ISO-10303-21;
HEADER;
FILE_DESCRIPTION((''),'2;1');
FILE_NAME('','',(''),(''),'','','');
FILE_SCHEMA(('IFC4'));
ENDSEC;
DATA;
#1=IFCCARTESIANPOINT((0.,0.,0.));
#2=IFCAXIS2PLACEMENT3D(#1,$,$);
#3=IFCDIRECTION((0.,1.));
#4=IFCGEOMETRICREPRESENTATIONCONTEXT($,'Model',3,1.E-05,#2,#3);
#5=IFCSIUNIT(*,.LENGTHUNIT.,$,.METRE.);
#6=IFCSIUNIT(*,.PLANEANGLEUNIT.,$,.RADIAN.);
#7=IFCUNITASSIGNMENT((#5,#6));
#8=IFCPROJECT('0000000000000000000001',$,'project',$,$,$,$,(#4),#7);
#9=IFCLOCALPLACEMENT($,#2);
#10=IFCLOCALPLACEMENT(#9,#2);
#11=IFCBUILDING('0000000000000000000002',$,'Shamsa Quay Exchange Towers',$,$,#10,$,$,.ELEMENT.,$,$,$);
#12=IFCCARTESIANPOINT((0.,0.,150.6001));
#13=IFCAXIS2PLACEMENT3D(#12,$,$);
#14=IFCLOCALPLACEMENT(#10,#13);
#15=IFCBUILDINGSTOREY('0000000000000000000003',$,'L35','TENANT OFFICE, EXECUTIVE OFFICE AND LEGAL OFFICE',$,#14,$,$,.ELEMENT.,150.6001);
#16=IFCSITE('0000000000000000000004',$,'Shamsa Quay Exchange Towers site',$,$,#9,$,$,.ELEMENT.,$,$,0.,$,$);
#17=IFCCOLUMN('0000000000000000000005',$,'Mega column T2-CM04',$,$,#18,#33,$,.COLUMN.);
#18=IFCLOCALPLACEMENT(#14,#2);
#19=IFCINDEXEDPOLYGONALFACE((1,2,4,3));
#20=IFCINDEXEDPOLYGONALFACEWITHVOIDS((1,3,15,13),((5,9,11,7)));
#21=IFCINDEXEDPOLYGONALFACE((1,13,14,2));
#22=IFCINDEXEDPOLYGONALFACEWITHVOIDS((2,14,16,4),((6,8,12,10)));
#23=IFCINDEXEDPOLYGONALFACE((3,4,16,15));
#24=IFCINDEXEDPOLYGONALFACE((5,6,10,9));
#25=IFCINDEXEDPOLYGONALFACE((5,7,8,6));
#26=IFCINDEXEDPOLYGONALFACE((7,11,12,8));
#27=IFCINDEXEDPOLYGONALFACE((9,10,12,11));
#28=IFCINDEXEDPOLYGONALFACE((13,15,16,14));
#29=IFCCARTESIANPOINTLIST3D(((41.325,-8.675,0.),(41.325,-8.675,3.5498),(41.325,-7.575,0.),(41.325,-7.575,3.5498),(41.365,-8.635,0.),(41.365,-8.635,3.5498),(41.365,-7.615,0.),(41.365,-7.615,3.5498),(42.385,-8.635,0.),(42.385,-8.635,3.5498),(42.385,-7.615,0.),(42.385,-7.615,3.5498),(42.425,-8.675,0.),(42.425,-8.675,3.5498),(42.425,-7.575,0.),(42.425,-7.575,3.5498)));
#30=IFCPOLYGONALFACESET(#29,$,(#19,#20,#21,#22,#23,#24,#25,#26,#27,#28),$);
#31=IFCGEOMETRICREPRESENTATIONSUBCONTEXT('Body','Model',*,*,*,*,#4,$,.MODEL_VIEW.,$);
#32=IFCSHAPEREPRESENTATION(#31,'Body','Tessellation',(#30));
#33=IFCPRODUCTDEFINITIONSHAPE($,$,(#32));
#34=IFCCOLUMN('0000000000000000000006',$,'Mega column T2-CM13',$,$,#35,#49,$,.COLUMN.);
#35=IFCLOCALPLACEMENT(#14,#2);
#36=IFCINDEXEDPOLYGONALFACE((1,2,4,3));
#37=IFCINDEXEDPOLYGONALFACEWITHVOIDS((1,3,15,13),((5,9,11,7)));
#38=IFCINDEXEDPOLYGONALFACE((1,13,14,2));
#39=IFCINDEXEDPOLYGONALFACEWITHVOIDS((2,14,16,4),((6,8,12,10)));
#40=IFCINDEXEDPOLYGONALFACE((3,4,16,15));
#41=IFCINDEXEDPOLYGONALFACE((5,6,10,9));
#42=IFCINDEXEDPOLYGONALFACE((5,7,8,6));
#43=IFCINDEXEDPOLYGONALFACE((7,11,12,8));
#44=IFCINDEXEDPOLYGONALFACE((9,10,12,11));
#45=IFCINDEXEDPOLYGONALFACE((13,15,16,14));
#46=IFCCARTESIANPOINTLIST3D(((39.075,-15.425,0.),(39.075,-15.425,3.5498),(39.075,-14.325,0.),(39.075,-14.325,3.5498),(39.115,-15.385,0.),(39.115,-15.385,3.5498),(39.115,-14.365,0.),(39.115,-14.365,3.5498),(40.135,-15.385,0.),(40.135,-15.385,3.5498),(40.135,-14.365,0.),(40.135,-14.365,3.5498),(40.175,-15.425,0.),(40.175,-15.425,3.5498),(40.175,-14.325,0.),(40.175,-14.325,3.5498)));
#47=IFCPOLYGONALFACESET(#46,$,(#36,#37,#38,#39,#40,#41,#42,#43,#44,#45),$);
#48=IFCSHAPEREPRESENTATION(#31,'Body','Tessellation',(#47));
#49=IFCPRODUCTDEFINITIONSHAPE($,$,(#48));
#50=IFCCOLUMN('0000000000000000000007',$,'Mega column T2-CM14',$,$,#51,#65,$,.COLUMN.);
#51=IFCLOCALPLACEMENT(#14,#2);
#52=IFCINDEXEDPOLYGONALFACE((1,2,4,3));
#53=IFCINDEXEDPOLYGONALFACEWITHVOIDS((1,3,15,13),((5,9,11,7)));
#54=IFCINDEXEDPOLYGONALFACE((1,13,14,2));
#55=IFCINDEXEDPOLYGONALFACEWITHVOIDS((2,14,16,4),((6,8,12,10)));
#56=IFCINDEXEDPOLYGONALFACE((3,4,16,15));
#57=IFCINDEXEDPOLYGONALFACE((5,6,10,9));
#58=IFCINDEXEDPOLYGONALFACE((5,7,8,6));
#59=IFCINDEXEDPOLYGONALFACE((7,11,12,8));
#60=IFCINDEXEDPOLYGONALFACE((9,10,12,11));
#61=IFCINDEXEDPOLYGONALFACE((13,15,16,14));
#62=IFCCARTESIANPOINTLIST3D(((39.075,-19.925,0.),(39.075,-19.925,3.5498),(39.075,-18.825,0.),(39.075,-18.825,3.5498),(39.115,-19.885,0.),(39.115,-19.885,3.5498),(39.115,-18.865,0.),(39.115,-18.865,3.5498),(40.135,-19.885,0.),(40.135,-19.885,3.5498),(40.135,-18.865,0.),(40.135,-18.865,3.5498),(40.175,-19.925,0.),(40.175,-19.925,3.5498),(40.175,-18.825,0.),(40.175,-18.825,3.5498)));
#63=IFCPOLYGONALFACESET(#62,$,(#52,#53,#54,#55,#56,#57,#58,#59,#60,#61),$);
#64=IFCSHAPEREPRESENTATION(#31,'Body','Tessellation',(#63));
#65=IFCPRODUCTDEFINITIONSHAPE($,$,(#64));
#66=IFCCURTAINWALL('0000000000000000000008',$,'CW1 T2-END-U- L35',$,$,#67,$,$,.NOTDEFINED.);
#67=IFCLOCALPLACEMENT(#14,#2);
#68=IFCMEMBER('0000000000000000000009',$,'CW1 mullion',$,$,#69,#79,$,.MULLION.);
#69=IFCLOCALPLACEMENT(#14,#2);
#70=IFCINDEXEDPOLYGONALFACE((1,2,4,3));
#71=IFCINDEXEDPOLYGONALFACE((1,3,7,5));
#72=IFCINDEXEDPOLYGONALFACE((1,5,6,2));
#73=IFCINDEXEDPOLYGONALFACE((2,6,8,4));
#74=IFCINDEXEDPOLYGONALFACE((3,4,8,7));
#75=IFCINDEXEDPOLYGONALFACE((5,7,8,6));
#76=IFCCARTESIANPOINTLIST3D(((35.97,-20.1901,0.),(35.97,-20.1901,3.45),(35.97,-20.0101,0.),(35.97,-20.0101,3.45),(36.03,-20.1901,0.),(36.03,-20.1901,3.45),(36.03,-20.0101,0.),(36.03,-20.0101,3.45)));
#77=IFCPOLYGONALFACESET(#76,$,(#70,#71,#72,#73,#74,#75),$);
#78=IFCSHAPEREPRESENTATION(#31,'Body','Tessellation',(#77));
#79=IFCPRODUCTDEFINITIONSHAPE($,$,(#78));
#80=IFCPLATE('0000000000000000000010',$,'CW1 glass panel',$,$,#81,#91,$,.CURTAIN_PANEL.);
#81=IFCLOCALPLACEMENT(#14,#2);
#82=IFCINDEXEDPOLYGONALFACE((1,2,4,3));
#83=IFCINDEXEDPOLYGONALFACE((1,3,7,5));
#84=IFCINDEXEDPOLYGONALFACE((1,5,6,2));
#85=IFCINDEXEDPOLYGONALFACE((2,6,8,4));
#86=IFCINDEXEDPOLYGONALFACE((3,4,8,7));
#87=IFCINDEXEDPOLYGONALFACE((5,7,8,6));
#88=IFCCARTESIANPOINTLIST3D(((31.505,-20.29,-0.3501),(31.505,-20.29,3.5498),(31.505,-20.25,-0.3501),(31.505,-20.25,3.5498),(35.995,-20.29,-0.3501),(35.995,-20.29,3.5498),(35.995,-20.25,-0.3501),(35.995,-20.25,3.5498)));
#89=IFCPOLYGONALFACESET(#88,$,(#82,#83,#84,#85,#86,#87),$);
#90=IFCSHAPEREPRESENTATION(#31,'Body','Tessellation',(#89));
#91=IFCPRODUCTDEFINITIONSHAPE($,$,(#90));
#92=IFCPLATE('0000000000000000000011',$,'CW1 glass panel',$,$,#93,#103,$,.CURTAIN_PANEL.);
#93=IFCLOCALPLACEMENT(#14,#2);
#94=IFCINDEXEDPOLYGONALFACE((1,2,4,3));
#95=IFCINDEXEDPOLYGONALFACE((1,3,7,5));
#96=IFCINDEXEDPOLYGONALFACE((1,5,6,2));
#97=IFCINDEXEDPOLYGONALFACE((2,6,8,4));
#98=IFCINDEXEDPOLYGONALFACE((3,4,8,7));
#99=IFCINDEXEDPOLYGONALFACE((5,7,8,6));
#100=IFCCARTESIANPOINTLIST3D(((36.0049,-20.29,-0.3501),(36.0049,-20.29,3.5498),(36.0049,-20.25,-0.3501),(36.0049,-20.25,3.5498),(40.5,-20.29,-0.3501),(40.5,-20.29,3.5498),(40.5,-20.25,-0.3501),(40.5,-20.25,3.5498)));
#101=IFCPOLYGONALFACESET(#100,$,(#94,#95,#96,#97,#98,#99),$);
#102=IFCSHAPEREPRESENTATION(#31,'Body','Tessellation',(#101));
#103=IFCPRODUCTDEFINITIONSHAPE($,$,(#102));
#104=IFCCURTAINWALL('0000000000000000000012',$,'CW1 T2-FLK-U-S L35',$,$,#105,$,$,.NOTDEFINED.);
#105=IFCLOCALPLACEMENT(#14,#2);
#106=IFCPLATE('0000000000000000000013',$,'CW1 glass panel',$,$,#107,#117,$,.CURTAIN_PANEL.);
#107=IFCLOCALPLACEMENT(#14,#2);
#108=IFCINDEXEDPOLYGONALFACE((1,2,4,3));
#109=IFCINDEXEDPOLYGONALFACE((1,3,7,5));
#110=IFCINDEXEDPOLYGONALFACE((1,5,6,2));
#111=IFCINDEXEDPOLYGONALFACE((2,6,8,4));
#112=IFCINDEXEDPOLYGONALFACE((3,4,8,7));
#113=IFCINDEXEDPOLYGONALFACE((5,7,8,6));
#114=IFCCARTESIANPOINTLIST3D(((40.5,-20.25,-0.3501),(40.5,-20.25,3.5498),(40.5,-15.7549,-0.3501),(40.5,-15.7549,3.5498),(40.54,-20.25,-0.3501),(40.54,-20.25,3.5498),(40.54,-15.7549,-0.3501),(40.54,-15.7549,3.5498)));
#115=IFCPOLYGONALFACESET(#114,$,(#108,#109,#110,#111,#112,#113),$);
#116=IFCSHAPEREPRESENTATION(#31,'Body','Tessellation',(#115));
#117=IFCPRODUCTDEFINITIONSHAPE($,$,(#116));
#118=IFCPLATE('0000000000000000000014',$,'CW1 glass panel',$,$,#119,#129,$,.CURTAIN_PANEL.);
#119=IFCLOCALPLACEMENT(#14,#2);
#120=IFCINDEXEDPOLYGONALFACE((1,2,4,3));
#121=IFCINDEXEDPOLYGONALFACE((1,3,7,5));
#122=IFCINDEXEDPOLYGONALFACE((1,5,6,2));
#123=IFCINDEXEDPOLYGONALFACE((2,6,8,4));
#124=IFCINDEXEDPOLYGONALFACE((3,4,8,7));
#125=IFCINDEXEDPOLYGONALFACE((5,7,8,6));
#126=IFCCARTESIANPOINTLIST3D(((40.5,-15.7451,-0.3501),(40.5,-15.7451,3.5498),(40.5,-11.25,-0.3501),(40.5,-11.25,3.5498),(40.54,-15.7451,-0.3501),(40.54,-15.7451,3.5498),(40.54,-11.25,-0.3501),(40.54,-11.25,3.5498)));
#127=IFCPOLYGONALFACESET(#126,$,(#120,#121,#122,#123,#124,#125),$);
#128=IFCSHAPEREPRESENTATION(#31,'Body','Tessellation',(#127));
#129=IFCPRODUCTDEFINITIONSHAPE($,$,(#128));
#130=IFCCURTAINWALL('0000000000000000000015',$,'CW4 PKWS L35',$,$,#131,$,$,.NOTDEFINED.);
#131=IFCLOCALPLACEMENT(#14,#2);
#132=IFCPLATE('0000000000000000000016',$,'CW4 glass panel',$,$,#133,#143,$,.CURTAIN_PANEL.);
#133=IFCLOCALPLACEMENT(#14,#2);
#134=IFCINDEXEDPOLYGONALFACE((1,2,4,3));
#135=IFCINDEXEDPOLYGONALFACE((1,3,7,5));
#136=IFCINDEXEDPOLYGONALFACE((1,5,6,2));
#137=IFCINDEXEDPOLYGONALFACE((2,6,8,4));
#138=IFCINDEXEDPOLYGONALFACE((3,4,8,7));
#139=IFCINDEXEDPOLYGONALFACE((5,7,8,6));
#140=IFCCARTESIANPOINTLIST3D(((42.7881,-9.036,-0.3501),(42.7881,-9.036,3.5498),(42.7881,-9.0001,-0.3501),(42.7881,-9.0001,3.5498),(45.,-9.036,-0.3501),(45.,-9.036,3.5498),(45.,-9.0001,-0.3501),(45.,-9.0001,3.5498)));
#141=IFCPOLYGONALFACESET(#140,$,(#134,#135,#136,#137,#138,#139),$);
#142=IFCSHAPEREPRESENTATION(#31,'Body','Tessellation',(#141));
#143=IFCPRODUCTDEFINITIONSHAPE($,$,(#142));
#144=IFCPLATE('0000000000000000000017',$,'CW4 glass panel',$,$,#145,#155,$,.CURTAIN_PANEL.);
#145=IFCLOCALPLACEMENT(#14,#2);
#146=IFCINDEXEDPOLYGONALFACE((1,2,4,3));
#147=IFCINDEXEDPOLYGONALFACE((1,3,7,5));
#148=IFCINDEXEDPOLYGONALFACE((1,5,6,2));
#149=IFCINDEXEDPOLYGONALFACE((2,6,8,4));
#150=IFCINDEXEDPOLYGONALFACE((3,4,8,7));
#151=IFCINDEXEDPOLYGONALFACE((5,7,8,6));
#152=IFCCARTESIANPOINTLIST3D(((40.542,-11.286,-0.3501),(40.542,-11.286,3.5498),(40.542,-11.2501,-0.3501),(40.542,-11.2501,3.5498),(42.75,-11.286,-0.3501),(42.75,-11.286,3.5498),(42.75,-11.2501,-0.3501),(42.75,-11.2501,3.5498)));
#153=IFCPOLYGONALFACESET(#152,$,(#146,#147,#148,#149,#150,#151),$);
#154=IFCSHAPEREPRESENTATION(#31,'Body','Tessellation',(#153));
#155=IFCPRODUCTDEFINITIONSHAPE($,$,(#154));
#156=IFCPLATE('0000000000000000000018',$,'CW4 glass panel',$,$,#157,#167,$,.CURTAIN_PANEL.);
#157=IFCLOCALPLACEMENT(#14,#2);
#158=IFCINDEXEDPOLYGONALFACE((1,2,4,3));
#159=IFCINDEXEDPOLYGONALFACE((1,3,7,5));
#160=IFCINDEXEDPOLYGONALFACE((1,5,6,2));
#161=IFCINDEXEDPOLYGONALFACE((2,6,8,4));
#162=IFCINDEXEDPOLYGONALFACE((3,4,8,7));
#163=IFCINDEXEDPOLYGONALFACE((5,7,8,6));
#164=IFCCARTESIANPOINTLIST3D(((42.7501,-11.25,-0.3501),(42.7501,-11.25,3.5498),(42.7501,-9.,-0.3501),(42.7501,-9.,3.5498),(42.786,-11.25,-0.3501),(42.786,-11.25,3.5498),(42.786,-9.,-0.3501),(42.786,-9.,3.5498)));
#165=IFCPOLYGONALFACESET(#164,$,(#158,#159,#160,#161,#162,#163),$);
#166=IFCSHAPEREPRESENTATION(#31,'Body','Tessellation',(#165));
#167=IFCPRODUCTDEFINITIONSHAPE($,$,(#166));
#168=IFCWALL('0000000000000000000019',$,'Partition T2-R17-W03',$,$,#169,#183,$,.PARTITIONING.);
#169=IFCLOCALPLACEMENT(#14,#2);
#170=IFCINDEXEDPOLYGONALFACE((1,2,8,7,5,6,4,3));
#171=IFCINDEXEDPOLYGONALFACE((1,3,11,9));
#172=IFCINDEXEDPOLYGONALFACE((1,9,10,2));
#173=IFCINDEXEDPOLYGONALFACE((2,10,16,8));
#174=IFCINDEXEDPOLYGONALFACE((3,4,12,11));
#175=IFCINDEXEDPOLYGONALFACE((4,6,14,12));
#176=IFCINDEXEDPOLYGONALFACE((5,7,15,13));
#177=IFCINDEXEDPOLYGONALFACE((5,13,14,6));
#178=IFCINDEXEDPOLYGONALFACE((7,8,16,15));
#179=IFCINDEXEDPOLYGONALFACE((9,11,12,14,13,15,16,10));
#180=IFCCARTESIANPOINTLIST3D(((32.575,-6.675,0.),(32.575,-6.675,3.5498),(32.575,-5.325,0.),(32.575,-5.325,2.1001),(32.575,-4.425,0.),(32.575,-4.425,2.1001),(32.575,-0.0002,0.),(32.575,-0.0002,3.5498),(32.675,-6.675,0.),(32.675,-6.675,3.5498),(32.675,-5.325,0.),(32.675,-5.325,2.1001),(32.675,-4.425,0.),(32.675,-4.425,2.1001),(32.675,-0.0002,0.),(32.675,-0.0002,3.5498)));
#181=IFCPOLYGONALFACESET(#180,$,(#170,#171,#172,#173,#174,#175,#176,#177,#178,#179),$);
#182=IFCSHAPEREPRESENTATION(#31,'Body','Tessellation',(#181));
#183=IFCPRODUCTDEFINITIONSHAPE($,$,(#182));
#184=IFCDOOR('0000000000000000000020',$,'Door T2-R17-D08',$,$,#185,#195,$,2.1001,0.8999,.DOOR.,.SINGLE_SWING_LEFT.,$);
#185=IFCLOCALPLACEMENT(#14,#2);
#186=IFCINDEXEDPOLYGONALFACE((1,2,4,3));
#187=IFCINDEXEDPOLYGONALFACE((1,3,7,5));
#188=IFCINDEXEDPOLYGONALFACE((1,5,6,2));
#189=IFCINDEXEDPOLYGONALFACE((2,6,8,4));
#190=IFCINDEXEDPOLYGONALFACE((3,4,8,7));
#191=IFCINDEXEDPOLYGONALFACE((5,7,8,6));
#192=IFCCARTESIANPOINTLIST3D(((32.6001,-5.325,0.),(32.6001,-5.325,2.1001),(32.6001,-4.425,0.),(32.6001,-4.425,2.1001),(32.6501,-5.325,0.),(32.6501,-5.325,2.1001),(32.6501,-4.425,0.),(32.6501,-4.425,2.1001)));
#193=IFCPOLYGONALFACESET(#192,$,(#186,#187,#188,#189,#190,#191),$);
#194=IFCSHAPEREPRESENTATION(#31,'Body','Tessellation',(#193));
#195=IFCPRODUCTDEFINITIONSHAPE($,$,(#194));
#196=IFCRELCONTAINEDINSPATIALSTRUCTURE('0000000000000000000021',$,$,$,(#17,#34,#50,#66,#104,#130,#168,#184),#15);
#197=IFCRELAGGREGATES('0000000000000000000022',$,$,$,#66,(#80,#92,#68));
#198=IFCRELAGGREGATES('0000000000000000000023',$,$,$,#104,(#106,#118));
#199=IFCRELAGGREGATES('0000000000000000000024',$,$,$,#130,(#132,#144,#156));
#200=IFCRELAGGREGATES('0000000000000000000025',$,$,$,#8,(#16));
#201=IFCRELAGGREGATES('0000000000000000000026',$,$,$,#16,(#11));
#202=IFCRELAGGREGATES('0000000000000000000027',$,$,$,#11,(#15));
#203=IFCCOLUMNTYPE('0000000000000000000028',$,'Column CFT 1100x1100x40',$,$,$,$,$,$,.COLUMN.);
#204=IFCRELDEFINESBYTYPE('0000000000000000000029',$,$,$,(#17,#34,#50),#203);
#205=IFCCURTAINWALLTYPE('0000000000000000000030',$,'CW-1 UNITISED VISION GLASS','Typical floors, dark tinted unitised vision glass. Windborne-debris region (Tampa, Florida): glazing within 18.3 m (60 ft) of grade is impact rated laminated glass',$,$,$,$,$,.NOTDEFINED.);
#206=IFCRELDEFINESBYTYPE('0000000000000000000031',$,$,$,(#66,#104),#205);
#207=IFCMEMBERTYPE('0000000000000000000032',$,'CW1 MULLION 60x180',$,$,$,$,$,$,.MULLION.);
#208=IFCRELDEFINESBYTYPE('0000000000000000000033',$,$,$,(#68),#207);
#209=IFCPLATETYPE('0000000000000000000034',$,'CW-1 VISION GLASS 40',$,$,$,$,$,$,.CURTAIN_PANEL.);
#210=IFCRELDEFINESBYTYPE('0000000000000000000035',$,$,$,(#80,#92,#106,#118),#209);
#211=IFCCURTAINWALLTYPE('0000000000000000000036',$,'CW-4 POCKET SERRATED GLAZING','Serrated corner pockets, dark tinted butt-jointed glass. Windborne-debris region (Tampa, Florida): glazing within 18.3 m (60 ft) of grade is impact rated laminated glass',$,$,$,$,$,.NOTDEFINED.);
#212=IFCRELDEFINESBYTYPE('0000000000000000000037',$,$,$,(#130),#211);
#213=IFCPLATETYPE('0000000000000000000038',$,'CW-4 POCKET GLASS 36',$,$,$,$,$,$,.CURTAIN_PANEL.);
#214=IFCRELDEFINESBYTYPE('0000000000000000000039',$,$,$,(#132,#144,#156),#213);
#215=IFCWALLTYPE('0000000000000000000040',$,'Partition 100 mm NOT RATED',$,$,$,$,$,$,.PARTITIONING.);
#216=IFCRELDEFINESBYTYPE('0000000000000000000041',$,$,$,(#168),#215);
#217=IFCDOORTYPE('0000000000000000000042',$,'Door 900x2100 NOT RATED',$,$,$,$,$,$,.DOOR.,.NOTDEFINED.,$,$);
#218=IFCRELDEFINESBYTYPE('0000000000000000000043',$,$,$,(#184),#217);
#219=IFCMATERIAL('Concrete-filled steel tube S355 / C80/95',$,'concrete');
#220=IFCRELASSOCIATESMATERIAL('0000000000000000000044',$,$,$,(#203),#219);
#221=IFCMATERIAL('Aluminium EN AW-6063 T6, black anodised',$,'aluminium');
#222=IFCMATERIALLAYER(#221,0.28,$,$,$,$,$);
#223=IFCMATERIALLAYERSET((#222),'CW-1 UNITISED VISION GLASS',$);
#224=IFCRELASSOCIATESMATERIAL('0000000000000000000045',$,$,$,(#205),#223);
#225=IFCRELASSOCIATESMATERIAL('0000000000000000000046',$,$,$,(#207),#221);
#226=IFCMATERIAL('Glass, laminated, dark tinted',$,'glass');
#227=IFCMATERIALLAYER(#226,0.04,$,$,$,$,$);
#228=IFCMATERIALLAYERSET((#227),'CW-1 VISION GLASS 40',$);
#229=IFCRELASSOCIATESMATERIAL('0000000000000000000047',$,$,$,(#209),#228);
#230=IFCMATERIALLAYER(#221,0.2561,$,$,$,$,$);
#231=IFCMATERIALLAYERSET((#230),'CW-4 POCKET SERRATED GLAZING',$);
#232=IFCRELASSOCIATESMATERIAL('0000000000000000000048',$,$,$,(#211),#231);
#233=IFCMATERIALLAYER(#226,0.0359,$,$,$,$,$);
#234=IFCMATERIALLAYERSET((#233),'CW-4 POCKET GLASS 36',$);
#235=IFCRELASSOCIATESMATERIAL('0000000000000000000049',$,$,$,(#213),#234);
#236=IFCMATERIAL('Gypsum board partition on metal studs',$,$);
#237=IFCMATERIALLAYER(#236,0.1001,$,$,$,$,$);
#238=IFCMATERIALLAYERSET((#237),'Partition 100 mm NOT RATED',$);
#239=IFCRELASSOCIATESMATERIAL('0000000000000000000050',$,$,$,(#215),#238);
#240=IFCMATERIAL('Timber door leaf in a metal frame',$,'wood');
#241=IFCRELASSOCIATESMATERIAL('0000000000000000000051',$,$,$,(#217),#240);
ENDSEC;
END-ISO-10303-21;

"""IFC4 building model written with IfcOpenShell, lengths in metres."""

from ifc_helpers import new_model, si_unit, direction, frame, frame_2d, origin, origin_2d, place, context, subcontext, project, spatial, rectangle, hollow_rectangle, extrude, material, layer, layer_set, material_profile, profile_set, type_object, element, fill, aggregate, save


model = new_model("IFC4")

# Units and contexts
model_context = context("Model", 3, precision=1e-05, world=origin(), true_north=direction((0.0, 1.0)))
body_context = subcontext(model_context, "Body", "Model", "MODEL_VIEW")
ifc_project = project(units=[si_unit("LENGTHUNIT", "METRE"), si_unit("PLANEANGLEUNIT", "RADIAN")], contexts=[model_context])

# Site, building, storey
site_placement = place(None, origin())
site = spatial("IfcSite", under=ifc_project, at=site_placement, Name="Shamsa Quay Exchange Towers site", CompositionType="ELEMENT", RefElevation=0.0)
building_placement = place(site_placement, origin())
building = spatial("IfcBuilding", under=site, at=building_placement, Name="Shamsa Quay Exchange Towers", CompositionType="ELEMENT")
storey_placement = place(building_placement, frame((0.0, 0.0, 150.6001)))
storey = spatial("IfcBuildingStorey", under=building, at=storey_placement, Name="L35", Description="TENANT OFFICE, EXECUTIVE OFFICE AND LEGAL OFFICE", CompositionType="ELEMENT", Elevation=150.6001)

# Columns
ifc_material_1 = material(Name="Concrete-filled steel tube S355 / C80/95", Category="concrete")
ifc_material_profile_1 = material_profile(ifc_material_1, hollow_rectangle(XDim=1.1001, YDim=1.1001, WallThickness=0.04, at=origin_2d()), Name="CFT 1100x1100x40")
ifc_profile_set_1 = profile_set([ifc_material_profile_1], Name="Concrete-filled steel tube S355 / C80/95")
column_type = type_object("IfcColumnType", Name="Column CFT 1100x1100x40", PredefinedType="COLUMN", material=ifc_profile_set_1)
for number, where, name in (
    (1, (41.875, -8.125, 0.0), "Mega column T2-CM04"),
    (2, (39.625, -14.875, 0.0), "Mega column T2-CM13"),
    (3, (39.625, -19.375, 0.0), "Mega column T2-CM14"),
):
    element("IfcColumn", number, at=place(storey_placement, frame(where)), inside=storey, type_object=column_type, Name=name, PredefinedType="COLUMN", context=body_context, shape_type="SweptSolid", body=[
        extrude(hollow_rectangle(XDim=1.1001, YDim=1.1001, WallThickness=0.04, at=origin_2d()), origin(), (0.0, 0.0, 1.0), 3.5498),
    ])

# Curtain wall, member, plates
ifc_material_2 = material(Name="Aluminium EN AW-6063 T6, black anodised", Category="aluminium")
ifc_layer_1 = layer(ifc_material_2, 0.28)
ifc_layer_set_1 = layer_set([ifc_layer_1], Name="CW-1 UNITISED VISION GLASS")
curtain_wall_type_1 = type_object("IfcCurtainWallType", Name="CW-1 UNITISED VISION GLASS", Description="Typical floors, dark tinted unitised vision glass. Windborne-debris region (Tampa, Florida): glazing within 18.3 m (60 ft) of grade is impact rated laminated glass", PredefinedType="NOTDEFINED", material=ifc_layer_set_1)
curtain_wall_1_placement = place(storey_placement, origin())
curtain_wall_1 = element("IfcCurtainWall", 4, at=curtain_wall_1_placement, inside=storey, type_object=curtain_wall_type_1, Name="CW1 T2-END-U- L35", PredefinedType="NOTDEFINED")
ifc_material_profile_2 = material_profile(ifc_material_2, rectangle(XDim=0.1799, YDim=0.0601, at=origin_2d()), Name="MU60x180")
ifc_profile_set_2 = profile_set([ifc_material_profile_2], Name="Aluminium EN AW-6063 T6, black anodised")
member_type = type_object("IfcMemberType", Name="CW1 MULLION 60x180", PredefinedType="MULLION", material=ifc_profile_set_2)
member_placement = place(storey_placement, frame((36.0, -20.1001, 0.0), z_axis=(0.0, 0.0, 1.0), x_axis=(0.0, 1.0, 0.0)))
member = element("IfcMember", 5, at=member_placement, type_object=member_type, Name="CW1 mullion", PredefinedType="MULLION", context=body_context, shape_type="SweptSolid", body=[
    extrude(rectangle(XDim=0.1799, YDim=0.0601, at=origin_2d()), origin(), (0.0, 0.0, 1.0), 3.45),
])
ifc_material_3 = material(Name="Glass, laminated, dark tinted", Category="glass")
ifc_layer_2 = layer(ifc_material_3, 0.04)
ifc_layer_set_2 = layer_set([ifc_layer_2], Name="CW-1 VISION GLASS 40")
plate_type_1 = type_object("IfcPlateType", Name="CW-1 VISION GLASS 40", PredefinedType="CURTAIN_PANEL", material=ifc_layer_set_2)
plate_1_placement = place(storey_placement, frame((33.75, -20.27, -0.3501)))
plate_1 = element("IfcPlate", 6, at=plate_1_placement, type_object=plate_type_1, Name="CW1 glass panel", PredefinedType="CURTAIN_PANEL", context=body_context, shape_type="SweptSolid", body=[
    extrude(rectangle(XDim=4.49, YDim=0.04, at=origin_2d()), origin(), (0.0, 0.0, 1.0), 3.8999),
])
plate_2_placement = place(storey_placement, frame((38.2524, -20.27, -0.3501)))
plate_2 = element("IfcPlate", 7, at=plate_2_placement, type_object=plate_type_1, Name="CW1 glass panel", PredefinedType="CURTAIN_PANEL", context=body_context, shape_type="SweptSolid", body=[
    extrude(rectangle(XDim=4.4951, YDim=0.04, at=origin_2d()), origin(), (0.0, 0.0, 1.0), 3.8999),
])
aggregate(curtain_wall_1, [plate_1, plate_2, member])

# Curtain walls, plates
curtain_wall_2_placement = place(storey_placement, origin())
curtain_wall_2 = element("IfcCurtainWall", 8, at=curtain_wall_2_placement, inside=storey, type_object=curtain_wall_type_1, Name="CW1 T2-FLK-U-S L35", PredefinedType="NOTDEFINED")
plate_3_placement = place(storey_placement, frame((40.52, -18.0024, -0.3501), z_axis=(0.0, 0.0, 1.0), x_axis=(0.0, 1.0, 0.0)))
plate_3 = element("IfcPlate", 9, at=plate_3_placement, type_object=plate_type_1, Name="CW1 glass panel", PredefinedType="CURTAIN_PANEL", context=body_context, shape_type="SweptSolid", body=[
    extrude(rectangle(XDim=4.4951, YDim=0.04, at=origin_2d()), origin(), (0.0, 0.0, 1.0), 3.8999),
])
plate_4_placement = place(storey_placement, frame((40.52, -13.4976, -0.3501), z_axis=(0.0, 0.0, 1.0), x_axis=(0.0, 1.0, 0.0)))
plate_4 = element("IfcPlate", 10, at=plate_4_placement, type_object=plate_type_1, Name="CW1 glass panel", PredefinedType="CURTAIN_PANEL", context=body_context, shape_type="SweptSolid", body=[
    extrude(rectangle(XDim=4.4951, YDim=0.04, at=origin_2d()), origin(), (0.0, 0.0, 1.0), 3.8999),
])
aggregate(curtain_wall_2, [plate_3, plate_4])
ifc_layer_3 = layer(ifc_material_2, 0.2561)
ifc_layer_set_3 = layer_set([ifc_layer_3], Name="CW-4 POCKET SERRATED GLAZING")
curtain_wall_type_2 = type_object("IfcCurtainWallType", Name="CW-4 POCKET SERRATED GLAZING", Description="Serrated corner pockets, dark tinted butt-jointed glass. Windborne-debris region (Tampa, Florida): glazing within 18.3 m (60 ft) of grade is impact rated laminated glass", PredefinedType="NOTDEFINED", material=ifc_layer_set_3)
curtain_wall_3_placement = place(storey_placement, origin())
curtain_wall_3 = element("IfcCurtainWall", 11, at=curtain_wall_3_placement, inside=storey, type_object=curtain_wall_type_2, Name="CW4 PKWS L35", PredefinedType="NOTDEFINED")
ifc_layer_4 = layer(ifc_material_3, 0.0359)
ifc_layer_set_4 = layer_set([ifc_layer_4], Name="CW-4 POCKET GLASS 36")
plate_type_2 = type_object("IfcPlateType", Name="CW-4 POCKET GLASS 36", PredefinedType="CURTAIN_PANEL", material=ifc_layer_set_4)
plate_5_placement = place(storey_placement, frame((43.894, -9.0181, -0.3501)))
plate_5 = element("IfcPlate", 12, at=plate_5_placement, type_object=plate_type_2, Name="CW4 glass panel", PredefinedType="CURTAIN_PANEL", context=body_context, shape_type="SweptSolid", body=[
    extrude(rectangle(XDim=2.2119, YDim=0.0359, at=origin_2d()), origin(), (0.0, 0.0, 1.0), 3.8999),
])
plate_6_placement = place(storey_placement, frame((41.646, -11.2681, -0.3501)))
plate_6 = element("IfcPlate", 13, at=plate_6_placement, type_object=plate_type_2, Name="CW4 glass panel", PredefinedType="CURTAIN_PANEL", context=body_context, shape_type="SweptSolid", body=[
    extrude(rectangle(XDim=2.208, YDim=0.0359, at=origin_2d()), origin(), (0.0, 0.0, 1.0), 3.8999),
])
plate_7_placement = place(storey_placement, frame((42.7681, -10.125, -0.3501), z_axis=(0.0, 0.0, 1.0), x_axis=(0.0, 1.0, 0.0)))
plate_7 = element("IfcPlate", 14, at=plate_7_placement, type_object=plate_type_2, Name="CW4 glass panel", PredefinedType="CURTAIN_PANEL", context=body_context, shape_type="SweptSolid", body=[
    extrude(rectangle(XDim=2.25, YDim=0.0359, at=origin_2d()), origin(), (0.0, 0.0, 1.0), 3.8999),
])
aggregate(curtain_wall_3, [plate_5, plate_6, plate_7])

# Wall, opening, door
ifc_material_4 = material(Name="Gypsum board partition on metal studs")
ifc_layer_5 = layer(ifc_material_4, 0.1001)
ifc_layer_set_5 = layer_set([ifc_layer_5], Name="Partition 100 mm NOT RATED")
wall_type_1 = type_object("IfcWallType", Name="Partition 100 mm NOT RATED", PredefinedType="PARTITIONING", material=ifc_layer_set_5)
wall_1_placement = place(storey_placement, frame((32.625, -6.675, 0.0), z_axis=(0.0, 0.0, 1.0), x_axis=(0.0, 1.0, 0.0)))
wall_1 = element("IfcWall", 15, at=wall_1_placement, inside=storey, type_object=wall_type_1, Name="Partition T2-R17-W03", PredefinedType="PARTITIONING", context=body_context, shape_type="SweptSolid", body=[
    extrude(rectangle(XDim=6.6748, YDim=0.1001, at=frame_2d((3.3374, 0.0))), origin(), (0.0, 0.0, 1.0), 3.5498),
])
opening_1_placement = place(wall_1_placement, frame((1.3501, 0.0, 0.0)))
opening_1 = element("IfcOpeningElement", 16, at=opening_1_placement, cuts=wall_1, PredefinedType="OPENING", context=body_context, shape_type="SweptSolid", body=[
    extrude(rectangle(XDim=0.8999, YDim=2.1001, at=frame_2d((0.45, 1.05))), frame((0.0, 0.0601, 0.0), z_axis=(0.0, -1.0, 0.0), x_axis=(1.0, 0.0, 0.0)), (0.0, 0.0, 1.0), 0.1201),
])
ifc_material_5 = material(Name="Timber door leaf in a metal frame", Category="wood")
door_type_1 = type_object("IfcDoorType", Name="Door 900x2100 NOT RATED", OperationType="NOTDEFINED", PredefinedType="DOOR", material=ifc_material_5)
door_1_placement = place(opening_1_placement, origin())
door_1 = element("IfcDoor", 17, at=door_1_placement, inside=storey, type_object=door_type_1, Name="Door T2-R17-D08", OperationType="SINGLE_SWING_LEFT", OverallHeight=2.1001, OverallWidth=0.8999, PredefinedType="DOOR", context=body_context, shape_type="SweptSolid", body=[
    extrude(rectangle(XDim=0.8999, YDim=2.1001, at=frame_2d((0.45, 1.05))), frame((0.0, 0.0249, 0.0), z_axis=(0.0, -1.0, 0.0), x_axis=(1.0, 0.0, 0.0)), (0.0, 0.0, 1.0), 0.05),
])
fill(opening_1, door_1)

save(model, "model.ifc")
